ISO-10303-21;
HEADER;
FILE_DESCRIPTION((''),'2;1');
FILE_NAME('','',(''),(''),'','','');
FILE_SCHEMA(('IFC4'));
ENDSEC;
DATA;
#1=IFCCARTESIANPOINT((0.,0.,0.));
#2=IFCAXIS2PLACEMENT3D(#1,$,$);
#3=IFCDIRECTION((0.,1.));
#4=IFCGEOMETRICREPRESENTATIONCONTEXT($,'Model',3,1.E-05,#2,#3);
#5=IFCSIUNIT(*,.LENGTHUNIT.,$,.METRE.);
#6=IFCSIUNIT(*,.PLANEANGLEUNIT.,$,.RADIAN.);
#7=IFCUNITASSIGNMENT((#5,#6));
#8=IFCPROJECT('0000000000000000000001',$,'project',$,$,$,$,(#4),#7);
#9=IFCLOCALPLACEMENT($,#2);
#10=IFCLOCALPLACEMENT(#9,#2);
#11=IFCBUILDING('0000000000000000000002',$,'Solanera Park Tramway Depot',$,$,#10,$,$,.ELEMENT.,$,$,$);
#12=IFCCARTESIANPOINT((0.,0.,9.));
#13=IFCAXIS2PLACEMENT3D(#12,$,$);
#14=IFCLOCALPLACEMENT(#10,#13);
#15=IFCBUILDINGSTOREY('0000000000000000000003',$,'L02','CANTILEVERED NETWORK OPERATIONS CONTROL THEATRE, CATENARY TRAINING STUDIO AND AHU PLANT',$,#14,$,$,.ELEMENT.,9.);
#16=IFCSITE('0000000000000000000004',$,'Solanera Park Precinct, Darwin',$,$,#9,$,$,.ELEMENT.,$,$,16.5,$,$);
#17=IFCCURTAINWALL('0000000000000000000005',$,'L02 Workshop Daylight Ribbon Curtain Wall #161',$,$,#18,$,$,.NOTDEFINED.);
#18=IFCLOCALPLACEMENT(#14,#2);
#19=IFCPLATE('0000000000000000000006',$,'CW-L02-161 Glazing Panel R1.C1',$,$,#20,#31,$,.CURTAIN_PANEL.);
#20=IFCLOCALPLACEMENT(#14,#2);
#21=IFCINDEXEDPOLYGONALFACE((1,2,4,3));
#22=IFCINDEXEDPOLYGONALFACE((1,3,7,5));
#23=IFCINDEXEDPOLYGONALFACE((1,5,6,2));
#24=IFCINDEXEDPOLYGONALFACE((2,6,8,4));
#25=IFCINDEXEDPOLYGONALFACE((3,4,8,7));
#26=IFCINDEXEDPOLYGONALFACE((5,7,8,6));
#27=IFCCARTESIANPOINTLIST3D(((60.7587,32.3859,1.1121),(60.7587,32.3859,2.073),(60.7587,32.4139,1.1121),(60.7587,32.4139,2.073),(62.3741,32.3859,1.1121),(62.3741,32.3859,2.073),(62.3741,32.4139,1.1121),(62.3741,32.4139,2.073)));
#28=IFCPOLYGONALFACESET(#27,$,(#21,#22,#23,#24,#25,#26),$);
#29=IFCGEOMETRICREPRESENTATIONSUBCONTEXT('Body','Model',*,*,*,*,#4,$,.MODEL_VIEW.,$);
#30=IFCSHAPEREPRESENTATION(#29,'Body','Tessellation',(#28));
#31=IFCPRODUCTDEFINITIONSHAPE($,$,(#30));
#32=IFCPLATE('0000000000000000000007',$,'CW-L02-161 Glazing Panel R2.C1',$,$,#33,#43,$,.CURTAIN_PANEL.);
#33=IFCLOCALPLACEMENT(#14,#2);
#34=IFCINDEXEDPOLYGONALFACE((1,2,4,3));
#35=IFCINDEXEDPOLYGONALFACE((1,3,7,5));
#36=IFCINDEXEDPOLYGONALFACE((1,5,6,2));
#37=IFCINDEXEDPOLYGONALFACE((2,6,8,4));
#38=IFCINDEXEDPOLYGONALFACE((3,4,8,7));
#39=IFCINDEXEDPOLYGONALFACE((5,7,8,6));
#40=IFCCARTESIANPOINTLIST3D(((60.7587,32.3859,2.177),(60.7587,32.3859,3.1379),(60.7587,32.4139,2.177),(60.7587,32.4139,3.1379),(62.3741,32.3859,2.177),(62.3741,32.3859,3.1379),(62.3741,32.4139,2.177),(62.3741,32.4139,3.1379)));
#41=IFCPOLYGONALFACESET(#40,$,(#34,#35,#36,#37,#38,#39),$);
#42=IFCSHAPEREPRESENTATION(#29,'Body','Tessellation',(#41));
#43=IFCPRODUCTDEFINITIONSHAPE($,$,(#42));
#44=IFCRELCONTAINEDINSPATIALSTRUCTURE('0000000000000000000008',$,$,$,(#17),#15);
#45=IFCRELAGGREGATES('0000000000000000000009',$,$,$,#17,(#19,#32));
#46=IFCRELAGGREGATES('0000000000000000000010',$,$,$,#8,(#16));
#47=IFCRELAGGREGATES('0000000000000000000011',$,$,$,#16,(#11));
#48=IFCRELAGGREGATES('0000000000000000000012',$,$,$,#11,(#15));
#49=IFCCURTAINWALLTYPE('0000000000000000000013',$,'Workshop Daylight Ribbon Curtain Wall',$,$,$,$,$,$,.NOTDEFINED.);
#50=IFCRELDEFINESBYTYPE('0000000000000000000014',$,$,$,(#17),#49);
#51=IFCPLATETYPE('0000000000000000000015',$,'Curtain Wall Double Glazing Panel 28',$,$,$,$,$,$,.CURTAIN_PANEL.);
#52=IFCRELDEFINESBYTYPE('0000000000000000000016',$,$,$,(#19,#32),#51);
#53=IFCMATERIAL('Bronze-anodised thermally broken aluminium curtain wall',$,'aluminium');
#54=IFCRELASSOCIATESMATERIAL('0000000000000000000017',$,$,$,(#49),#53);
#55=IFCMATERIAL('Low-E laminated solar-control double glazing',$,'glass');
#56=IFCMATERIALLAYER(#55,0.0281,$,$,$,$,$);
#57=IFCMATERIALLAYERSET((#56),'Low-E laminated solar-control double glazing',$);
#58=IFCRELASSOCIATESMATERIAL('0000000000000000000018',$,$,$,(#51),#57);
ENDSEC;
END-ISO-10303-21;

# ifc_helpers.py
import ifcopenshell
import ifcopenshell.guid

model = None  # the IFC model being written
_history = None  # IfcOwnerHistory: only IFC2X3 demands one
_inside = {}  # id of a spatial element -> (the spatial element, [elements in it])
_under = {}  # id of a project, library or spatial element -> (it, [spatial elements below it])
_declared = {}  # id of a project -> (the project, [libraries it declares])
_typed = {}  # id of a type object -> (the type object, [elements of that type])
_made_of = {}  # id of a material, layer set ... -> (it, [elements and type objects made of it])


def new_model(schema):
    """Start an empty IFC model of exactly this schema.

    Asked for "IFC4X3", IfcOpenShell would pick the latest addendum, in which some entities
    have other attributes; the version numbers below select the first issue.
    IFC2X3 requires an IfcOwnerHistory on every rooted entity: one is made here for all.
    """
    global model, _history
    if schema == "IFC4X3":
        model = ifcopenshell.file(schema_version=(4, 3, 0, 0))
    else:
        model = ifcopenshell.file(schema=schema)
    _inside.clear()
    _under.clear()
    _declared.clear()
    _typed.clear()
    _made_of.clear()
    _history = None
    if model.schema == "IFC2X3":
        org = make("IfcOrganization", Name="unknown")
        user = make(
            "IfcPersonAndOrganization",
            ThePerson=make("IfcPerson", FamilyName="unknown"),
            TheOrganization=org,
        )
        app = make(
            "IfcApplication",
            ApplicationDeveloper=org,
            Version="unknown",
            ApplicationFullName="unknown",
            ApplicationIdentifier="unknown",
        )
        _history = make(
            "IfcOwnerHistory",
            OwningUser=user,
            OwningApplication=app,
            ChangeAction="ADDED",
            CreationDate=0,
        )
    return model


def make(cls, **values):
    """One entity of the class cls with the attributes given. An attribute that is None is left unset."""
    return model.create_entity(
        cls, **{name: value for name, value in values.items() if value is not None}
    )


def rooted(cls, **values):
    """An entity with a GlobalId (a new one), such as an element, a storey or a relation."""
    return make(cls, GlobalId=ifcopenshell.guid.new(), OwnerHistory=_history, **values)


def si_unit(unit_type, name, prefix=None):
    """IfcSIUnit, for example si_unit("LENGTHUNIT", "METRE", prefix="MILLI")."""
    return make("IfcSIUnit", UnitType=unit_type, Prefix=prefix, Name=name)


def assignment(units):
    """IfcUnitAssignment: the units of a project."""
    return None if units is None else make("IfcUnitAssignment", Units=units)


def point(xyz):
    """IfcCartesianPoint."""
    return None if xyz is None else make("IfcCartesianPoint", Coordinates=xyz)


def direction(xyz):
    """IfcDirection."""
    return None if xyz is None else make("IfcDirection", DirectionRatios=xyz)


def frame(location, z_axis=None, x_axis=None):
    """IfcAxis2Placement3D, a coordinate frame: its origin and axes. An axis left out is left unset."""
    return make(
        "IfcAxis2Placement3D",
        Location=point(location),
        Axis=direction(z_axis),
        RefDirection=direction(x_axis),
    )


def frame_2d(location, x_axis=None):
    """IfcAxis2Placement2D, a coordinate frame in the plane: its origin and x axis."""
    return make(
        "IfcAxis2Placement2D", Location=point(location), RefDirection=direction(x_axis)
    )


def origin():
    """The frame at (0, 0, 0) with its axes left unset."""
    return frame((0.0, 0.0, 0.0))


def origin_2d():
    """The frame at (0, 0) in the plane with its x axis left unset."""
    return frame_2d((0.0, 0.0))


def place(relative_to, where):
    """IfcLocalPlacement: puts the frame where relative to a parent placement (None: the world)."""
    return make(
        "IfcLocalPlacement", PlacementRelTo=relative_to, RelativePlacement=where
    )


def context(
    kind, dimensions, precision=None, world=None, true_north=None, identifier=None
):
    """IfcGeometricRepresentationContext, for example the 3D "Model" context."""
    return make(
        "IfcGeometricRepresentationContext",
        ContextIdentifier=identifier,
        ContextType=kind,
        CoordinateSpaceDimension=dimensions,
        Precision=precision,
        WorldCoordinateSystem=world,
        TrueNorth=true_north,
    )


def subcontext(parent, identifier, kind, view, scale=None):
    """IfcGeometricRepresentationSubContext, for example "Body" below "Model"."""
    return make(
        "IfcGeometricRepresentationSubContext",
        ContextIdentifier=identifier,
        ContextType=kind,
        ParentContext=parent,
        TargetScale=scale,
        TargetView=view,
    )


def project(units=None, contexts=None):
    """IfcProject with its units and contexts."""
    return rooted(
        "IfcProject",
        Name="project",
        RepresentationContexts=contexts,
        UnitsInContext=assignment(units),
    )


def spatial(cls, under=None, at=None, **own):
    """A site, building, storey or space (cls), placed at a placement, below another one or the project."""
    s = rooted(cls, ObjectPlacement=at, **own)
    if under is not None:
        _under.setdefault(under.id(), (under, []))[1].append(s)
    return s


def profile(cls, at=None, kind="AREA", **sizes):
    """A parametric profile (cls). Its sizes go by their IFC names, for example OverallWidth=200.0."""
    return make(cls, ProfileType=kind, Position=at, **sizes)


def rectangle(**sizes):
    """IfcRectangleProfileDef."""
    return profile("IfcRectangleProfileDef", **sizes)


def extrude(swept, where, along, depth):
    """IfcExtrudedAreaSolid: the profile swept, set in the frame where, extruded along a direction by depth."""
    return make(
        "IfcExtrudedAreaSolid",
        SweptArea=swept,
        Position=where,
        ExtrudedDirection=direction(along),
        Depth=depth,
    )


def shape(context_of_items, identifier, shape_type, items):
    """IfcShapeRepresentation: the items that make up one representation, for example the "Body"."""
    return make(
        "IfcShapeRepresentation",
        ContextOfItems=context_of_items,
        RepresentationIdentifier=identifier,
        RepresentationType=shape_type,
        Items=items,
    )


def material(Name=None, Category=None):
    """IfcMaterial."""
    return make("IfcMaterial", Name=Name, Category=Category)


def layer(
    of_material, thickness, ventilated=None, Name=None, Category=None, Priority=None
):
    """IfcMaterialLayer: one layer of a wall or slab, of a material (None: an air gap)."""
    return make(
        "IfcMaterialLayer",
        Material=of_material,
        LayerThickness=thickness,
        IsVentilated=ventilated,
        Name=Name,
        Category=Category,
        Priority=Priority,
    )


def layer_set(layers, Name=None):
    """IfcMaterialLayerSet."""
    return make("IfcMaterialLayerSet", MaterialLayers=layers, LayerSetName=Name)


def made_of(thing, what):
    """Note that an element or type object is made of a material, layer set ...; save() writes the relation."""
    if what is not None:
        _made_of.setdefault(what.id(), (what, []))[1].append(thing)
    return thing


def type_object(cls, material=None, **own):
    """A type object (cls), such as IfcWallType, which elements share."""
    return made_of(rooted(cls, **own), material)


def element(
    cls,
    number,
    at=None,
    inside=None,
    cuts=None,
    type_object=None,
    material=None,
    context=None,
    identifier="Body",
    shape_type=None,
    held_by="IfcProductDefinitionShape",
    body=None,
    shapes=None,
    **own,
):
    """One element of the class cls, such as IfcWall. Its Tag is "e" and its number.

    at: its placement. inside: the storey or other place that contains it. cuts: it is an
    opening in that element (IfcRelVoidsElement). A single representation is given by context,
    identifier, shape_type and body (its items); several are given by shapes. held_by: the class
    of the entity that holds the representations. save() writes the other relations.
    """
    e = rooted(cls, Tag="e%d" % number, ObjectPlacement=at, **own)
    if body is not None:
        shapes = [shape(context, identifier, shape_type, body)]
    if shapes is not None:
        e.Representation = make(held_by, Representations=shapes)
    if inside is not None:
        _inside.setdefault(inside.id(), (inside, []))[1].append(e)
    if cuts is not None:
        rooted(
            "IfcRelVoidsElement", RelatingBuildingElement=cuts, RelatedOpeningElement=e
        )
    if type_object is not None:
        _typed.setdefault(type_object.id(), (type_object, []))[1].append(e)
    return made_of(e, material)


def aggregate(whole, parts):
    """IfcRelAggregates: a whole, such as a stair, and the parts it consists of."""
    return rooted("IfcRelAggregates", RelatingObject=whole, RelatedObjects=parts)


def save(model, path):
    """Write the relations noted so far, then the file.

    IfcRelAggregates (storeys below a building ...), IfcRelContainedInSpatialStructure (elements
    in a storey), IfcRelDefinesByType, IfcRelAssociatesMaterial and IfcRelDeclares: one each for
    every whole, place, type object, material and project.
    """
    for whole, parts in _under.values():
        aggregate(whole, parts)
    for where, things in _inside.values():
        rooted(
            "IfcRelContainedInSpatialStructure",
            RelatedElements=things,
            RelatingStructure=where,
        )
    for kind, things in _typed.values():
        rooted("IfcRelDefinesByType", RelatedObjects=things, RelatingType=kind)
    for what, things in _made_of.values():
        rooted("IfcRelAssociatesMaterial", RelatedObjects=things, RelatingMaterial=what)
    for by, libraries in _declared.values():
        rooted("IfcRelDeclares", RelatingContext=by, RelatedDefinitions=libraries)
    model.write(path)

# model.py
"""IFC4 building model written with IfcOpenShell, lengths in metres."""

from ifc_helpers import new_model, si_unit, direction, frame, origin, origin_2d, place, context, subcontext, project, spatial, rectangle, extrude, material, layer, layer_set, type_object, element, aggregate, save


model = new_model("IFC4")

# Units and contexts
model_context = context("Model", 3, precision=1e-05, world=origin(), true_north=direction((0.0, 1.0)))
body_context = subcontext(model_context, "Body", "Model", "MODEL_VIEW")
ifc_project = project(units=[si_unit("LENGTHUNIT", "METRE"), si_unit("PLANEANGLEUNIT", "RADIAN")], contexts=[model_context])

# Site, building, storey
site_placement = place(None, origin())
site = spatial("IfcSite", under=ifc_project, at=site_placement, Name="Solanera Park Precinct, Darwin", CompositionType="ELEMENT", RefElevation=16.5)
building_placement = place(site_placement, origin())
building = spatial("IfcBuilding", under=site, at=building_placement, Name="Solanera Park Tramway Depot", CompositionType="ELEMENT")
storey_placement = place(building_placement, frame((0.0, 0.0, 9.0)))
storey = spatial("IfcBuildingStorey", under=building, at=storey_placement, Name="L02", Description="CANTILEVERED NETWORK OPERATIONS CONTROL THEATRE, CATENARY TRAINING STUDIO AND AHU PLANT", CompositionType="ELEMENT", Elevation=9.0)

# Shared definitions
ifc_material_1 = material(Name="Bronze-anodised thermally broken aluminium curtain wall", Category="aluminium")
curtain_wall_type = type_object("IfcCurtainWallType", Name="Workshop Daylight Ribbon Curtain Wall", PredefinedType="NOTDEFINED", material=ifc_material_1)

# Curtain wall
curtain_wall_1_placement = place(storey_placement, origin())
curtain_wall_1 = element("IfcCurtainWall", 1, at=curtain_wall_1_placement, inside=storey, type_object=curtain_wall_type, Name="L02 Workshop Daylight Ribbon Curtain Wall #161", PredefinedType="NOTDEFINED")

# Plates
ifc_material_2 = material(Name="Low-E laminated solar-control double glazing", Category="glass")
ifc_layer = layer(ifc_material_2, 0.0281)
ifc_layer_set = layer_set([ifc_layer], Name="Low-E laminated solar-control double glazing")
plate_type = type_object("IfcPlateType", Name="Curtain Wall Double Glazing Panel 28", PredefinedType="CURTAIN_PANEL", material=ifc_layer_set)
plate_1_placement = place(storey_placement, frame((61.5664, 32.3999, 1.1121), z_axis=(0.0, 0.0, 1.0), x_axis=(1.0, 0.0, 0.0)))
plate_1 = element("IfcPlate", 2, at=plate_1_placement, type_object=plate_type, Name="CW-L02-161 Glazing Panel R1.C1", PredefinedType="CURTAIN_PANEL", context=body_context, shape_type="SweptSolid", body=[
    extrude(rectangle(XDim=1.6155, YDim=0.0281, at=origin_2d()), origin(), (0.0, 0.0, 1.0), 0.9609),
])
plate_2_placement = place(storey_placement, frame((61.5664, 32.3999, 2.177), z_axis=(0.0, 0.0, 1.0), x_axis=(1.0, 0.0, 0.0)))
plate_2 = element("IfcPlate", 3, at=plate_2_placement, type_object=plate_type, Name="CW-L02-161 Glazing Panel R2.C1", PredefinedType="CURTAIN_PANEL", context=body_context, shape_type="SweptSolid", body=[
    extrude(rectangle(XDim=1.6155, YDim=0.0281, at=origin_2d()), origin(), (0.0, 0.0, 1.0), 0.9609),
])
aggregate(curtain_wall_1, [plate_1, plate_2])

save(model, "model.ifc")
